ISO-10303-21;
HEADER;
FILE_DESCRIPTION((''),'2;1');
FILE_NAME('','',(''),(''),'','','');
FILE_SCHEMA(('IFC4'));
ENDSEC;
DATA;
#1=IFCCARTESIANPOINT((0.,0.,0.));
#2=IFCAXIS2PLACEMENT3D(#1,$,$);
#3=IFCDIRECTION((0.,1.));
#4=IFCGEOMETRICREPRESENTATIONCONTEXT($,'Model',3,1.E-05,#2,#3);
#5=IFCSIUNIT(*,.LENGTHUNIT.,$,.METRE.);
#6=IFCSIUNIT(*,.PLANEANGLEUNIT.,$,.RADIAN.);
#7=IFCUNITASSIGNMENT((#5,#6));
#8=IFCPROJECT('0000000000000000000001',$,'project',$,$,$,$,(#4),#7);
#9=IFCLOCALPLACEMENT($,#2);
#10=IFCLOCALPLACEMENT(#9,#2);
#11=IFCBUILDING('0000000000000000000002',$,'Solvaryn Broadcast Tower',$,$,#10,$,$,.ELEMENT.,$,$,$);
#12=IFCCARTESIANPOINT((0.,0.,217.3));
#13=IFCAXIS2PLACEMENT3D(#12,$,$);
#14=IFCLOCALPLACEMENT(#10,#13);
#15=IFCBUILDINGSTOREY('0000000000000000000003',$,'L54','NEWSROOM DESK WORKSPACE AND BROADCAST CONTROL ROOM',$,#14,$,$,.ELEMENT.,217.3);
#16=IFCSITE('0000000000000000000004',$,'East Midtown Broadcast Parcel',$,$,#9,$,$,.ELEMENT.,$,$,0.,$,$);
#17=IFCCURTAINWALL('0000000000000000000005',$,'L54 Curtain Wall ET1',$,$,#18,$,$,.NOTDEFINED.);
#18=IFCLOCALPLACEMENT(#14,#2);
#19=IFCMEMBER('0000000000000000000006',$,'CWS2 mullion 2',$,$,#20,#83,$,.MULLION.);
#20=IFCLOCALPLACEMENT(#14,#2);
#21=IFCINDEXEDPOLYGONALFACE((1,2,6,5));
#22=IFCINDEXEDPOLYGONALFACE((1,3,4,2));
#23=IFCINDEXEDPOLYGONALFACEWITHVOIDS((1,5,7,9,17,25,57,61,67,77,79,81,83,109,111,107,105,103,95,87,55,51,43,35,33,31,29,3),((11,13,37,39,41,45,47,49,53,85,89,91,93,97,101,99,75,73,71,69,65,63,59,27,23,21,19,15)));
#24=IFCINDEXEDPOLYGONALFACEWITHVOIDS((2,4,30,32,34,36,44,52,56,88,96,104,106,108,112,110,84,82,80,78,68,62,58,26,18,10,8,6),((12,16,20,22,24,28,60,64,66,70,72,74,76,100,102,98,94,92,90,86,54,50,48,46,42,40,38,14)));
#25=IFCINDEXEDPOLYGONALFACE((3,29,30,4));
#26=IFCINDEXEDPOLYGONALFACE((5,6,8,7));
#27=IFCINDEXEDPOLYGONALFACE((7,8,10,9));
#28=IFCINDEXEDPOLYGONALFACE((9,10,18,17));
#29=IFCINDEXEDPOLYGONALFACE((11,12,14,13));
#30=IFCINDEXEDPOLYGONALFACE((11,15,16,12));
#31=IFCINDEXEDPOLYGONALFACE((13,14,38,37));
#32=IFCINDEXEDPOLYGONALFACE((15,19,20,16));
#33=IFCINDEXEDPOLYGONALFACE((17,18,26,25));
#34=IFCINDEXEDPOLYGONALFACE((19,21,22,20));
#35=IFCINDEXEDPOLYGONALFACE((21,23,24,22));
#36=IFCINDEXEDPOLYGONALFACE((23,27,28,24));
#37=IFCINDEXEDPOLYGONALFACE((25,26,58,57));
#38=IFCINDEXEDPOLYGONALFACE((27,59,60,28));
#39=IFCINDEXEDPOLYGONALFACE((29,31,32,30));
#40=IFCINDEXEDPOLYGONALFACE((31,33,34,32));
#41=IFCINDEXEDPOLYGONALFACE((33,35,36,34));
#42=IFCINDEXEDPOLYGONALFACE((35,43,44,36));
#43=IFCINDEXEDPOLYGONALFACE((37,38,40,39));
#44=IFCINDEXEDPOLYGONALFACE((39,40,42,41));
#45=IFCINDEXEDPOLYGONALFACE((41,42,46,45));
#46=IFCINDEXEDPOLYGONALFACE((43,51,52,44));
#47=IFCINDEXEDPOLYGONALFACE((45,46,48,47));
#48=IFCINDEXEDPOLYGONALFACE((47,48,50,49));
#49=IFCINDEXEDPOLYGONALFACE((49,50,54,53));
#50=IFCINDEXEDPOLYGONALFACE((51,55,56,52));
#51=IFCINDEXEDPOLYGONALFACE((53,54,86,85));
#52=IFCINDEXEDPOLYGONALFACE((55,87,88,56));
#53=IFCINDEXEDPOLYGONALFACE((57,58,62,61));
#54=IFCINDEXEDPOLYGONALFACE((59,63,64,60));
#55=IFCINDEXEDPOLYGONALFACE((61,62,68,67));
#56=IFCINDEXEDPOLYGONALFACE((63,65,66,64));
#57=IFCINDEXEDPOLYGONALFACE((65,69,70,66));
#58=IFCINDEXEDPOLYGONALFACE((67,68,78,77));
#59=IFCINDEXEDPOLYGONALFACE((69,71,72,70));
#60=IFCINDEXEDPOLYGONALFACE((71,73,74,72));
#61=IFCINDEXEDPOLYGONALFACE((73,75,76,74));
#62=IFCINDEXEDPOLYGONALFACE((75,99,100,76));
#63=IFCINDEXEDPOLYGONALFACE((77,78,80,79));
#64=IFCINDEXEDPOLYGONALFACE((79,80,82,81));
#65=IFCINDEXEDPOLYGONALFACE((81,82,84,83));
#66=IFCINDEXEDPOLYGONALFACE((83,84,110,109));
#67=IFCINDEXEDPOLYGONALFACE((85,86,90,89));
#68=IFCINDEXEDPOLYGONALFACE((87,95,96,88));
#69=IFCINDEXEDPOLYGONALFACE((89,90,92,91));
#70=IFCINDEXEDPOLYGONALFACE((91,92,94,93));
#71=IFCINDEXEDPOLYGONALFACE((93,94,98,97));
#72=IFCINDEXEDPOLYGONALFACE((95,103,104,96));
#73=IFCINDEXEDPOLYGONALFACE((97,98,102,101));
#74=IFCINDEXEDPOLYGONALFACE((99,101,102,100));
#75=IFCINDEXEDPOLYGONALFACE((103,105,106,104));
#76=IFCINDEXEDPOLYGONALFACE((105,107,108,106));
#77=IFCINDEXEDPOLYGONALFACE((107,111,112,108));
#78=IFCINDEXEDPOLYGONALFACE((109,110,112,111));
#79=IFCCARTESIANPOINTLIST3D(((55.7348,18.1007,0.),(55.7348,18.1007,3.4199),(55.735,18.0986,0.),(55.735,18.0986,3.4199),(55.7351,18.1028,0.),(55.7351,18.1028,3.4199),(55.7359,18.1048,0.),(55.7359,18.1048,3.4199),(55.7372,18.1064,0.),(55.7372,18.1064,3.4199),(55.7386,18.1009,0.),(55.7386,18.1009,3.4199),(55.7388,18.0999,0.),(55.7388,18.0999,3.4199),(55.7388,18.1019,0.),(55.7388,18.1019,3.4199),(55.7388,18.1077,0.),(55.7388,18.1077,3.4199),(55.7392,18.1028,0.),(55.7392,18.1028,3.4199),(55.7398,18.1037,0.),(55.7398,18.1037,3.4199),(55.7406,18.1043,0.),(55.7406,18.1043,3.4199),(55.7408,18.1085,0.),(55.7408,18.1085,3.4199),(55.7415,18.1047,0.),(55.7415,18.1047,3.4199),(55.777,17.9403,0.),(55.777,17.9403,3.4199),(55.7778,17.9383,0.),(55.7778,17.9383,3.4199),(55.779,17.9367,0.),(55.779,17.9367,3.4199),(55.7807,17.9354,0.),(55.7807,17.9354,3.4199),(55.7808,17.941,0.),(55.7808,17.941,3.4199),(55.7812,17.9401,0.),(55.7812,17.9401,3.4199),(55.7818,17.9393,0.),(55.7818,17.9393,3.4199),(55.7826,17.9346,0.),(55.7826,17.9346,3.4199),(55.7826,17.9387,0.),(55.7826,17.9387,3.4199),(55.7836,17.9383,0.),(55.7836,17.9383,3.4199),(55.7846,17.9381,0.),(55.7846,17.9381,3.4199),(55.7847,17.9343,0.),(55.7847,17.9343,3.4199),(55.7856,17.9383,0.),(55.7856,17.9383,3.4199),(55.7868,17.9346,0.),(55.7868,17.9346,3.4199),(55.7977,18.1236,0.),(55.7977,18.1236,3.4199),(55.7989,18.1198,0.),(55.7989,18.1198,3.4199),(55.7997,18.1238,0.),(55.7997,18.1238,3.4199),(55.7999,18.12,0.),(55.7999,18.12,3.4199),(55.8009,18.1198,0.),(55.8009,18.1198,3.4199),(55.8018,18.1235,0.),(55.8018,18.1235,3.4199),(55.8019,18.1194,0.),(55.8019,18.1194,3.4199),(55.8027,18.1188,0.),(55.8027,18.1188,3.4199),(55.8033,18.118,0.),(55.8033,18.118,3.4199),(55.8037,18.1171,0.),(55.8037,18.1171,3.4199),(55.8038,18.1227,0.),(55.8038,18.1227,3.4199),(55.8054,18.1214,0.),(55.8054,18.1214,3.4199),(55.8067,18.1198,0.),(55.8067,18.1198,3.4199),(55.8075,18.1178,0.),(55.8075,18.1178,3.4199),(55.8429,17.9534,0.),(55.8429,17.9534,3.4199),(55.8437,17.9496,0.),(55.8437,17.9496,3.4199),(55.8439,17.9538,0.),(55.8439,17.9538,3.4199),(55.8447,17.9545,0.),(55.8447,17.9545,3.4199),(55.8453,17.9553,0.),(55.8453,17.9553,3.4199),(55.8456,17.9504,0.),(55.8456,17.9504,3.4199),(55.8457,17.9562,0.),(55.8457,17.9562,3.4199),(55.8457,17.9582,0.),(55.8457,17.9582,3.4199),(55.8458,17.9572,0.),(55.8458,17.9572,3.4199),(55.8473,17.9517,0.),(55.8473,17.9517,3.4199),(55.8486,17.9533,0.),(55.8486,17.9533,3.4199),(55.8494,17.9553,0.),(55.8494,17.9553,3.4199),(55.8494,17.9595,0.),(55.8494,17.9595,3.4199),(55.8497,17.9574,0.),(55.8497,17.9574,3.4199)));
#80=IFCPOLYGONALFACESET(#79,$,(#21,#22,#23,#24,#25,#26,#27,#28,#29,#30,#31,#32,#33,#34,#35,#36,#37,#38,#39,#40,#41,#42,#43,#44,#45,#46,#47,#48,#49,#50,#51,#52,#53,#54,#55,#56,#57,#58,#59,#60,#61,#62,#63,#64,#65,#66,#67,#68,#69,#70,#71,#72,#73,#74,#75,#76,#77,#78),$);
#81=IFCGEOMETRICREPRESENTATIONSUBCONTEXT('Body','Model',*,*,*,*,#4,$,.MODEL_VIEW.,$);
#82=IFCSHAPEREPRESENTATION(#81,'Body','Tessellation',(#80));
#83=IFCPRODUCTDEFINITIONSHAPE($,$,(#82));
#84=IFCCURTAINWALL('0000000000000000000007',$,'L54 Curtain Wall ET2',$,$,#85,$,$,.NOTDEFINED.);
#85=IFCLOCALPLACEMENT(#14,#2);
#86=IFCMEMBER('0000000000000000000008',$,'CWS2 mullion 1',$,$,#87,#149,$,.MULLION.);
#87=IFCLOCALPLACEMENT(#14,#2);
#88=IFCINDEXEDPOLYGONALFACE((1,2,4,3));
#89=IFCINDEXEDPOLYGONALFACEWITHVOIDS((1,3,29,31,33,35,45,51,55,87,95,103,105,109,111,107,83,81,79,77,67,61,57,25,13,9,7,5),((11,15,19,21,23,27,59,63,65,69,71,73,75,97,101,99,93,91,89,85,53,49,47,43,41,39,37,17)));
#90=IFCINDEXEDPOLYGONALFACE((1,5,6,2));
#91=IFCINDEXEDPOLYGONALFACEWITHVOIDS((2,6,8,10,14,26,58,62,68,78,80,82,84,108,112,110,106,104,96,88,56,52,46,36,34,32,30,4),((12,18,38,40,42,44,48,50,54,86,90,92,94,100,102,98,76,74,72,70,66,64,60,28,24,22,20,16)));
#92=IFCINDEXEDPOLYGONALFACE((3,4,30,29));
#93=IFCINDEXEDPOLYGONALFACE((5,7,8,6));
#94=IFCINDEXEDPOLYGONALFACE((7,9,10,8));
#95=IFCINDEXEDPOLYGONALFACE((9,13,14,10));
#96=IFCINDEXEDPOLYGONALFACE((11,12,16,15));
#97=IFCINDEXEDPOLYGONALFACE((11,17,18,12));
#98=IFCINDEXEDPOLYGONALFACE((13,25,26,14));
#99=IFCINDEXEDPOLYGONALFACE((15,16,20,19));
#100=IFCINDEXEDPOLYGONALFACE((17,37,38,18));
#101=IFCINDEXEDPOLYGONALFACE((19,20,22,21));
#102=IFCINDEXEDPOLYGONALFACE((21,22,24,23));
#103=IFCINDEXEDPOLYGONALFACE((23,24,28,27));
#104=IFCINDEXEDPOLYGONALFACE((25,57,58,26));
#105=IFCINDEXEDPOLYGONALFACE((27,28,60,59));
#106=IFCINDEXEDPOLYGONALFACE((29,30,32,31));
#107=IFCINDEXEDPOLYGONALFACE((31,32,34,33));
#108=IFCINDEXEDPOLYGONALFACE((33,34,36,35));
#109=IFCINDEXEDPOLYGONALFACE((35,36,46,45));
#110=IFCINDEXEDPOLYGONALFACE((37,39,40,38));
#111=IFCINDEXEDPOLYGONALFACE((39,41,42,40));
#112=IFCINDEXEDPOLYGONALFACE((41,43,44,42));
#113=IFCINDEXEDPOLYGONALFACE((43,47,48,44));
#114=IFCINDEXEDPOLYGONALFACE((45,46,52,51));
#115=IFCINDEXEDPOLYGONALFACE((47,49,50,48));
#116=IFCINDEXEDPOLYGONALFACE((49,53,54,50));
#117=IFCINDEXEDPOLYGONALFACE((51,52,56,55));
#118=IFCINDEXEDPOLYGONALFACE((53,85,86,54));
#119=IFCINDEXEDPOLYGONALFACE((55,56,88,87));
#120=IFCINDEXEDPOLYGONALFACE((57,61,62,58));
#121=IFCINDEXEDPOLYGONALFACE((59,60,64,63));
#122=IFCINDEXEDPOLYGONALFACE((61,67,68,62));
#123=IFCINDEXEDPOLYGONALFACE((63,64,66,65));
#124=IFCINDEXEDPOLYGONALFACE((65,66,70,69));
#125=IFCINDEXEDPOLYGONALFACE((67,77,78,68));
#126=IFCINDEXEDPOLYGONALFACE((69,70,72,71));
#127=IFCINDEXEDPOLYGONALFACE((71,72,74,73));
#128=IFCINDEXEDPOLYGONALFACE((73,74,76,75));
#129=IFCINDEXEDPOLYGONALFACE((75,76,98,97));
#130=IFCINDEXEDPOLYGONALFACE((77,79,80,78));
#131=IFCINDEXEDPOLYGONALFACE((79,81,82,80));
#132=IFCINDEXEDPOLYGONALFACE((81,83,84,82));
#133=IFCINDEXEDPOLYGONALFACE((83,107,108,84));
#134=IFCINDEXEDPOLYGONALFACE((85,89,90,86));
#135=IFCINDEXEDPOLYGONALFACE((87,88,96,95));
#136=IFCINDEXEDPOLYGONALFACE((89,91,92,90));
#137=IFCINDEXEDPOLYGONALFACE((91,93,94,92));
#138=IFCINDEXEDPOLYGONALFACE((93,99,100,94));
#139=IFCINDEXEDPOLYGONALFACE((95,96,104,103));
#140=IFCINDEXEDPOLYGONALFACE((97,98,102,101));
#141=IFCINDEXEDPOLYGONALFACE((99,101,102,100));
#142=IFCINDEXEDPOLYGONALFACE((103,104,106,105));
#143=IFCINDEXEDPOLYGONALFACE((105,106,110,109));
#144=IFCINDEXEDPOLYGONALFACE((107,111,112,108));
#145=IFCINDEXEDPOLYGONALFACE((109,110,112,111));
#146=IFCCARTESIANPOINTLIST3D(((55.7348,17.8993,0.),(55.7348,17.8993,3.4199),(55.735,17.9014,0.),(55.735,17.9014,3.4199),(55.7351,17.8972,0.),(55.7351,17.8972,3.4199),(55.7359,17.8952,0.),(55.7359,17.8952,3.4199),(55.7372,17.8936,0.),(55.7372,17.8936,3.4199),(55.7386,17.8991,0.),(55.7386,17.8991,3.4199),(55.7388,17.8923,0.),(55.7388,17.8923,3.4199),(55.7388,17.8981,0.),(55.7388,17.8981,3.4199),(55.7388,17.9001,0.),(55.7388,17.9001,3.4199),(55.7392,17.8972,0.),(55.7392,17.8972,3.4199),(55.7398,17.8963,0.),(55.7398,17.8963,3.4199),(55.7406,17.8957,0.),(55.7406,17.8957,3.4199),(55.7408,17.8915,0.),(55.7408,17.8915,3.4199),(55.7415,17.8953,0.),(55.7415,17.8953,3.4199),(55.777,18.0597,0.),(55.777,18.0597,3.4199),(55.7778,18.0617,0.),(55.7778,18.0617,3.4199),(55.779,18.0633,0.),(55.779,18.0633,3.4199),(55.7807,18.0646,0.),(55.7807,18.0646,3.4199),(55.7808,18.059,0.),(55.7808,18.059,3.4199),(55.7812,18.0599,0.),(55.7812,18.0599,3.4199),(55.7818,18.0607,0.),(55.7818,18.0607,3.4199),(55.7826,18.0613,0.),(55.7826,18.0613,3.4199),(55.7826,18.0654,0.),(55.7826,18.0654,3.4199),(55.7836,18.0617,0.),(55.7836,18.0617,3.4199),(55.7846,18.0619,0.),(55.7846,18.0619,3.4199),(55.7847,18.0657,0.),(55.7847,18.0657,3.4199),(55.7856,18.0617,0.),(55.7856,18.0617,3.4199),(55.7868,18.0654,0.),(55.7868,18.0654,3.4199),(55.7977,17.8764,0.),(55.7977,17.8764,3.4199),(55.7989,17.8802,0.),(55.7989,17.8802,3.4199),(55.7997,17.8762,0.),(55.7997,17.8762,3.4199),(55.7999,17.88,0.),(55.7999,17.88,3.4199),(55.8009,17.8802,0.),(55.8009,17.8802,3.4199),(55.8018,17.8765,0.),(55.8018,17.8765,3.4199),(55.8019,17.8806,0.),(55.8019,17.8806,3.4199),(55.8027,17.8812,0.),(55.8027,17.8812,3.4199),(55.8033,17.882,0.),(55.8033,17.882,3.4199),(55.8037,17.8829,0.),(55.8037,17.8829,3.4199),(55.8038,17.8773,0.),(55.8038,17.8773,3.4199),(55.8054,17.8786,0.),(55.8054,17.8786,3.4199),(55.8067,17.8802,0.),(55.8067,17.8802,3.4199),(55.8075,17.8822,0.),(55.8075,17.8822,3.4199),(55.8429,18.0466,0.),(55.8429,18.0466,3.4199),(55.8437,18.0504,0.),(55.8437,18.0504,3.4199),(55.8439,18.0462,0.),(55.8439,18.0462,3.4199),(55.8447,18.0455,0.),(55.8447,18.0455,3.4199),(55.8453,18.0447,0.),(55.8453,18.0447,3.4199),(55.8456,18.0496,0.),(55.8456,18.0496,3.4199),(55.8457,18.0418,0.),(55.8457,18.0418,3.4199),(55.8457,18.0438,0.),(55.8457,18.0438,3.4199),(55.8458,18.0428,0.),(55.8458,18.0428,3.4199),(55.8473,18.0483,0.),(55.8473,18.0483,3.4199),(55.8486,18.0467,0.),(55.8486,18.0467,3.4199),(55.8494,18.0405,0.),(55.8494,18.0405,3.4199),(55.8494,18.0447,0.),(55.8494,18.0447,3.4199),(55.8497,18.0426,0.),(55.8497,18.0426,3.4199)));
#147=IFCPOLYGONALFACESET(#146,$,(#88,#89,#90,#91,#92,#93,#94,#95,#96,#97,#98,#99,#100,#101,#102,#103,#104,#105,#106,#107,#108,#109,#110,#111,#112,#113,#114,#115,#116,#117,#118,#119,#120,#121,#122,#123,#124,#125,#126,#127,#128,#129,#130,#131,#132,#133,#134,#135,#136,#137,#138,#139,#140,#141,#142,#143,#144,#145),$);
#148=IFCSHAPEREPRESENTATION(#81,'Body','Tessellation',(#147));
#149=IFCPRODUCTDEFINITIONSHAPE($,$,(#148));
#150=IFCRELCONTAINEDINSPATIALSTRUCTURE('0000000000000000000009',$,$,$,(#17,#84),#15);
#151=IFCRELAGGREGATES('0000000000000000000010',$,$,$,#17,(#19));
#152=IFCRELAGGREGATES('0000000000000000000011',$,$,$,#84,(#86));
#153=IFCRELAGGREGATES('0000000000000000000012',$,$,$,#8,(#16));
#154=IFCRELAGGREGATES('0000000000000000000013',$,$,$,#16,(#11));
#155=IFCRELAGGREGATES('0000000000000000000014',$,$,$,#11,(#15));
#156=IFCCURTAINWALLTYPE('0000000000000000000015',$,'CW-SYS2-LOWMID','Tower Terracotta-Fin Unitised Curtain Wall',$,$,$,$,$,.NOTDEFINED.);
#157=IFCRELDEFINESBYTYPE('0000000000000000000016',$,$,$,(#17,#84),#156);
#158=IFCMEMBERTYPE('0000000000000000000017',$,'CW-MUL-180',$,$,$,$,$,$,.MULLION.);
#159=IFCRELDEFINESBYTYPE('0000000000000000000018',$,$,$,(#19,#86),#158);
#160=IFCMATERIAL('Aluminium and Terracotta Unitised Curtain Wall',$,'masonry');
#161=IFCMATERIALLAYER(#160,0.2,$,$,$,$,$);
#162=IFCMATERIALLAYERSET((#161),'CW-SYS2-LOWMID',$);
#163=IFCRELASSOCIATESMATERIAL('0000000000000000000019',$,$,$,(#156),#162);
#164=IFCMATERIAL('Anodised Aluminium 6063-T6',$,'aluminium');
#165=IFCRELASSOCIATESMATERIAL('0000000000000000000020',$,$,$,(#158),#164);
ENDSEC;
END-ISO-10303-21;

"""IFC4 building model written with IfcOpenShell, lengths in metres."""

from ifc_helpers import new_model, si_unit, direction, frame, origin, origin_2d, place, context, subcontext, project, spatial, hollow_rectangle, extrude, material, layer, layer_set, material_profile, profile_set, type_object, element, aggregate, save


model = new_model("IFC4")

# Units and contexts
model_context = context("Model", 3, precision=1e-05, world=origin(), true_north=direction((0.0, 1.0)))
body_context = subcontext(model_context, "Body", "Model", "MODEL_VIEW")
ifc_project = project(units=[si_unit("LENGTHUNIT", "METRE"), si_unit("PLANEANGLEUNIT", "RADIAN")], contexts=[model_context])

# Site, building, storey
site_placement = place(None, origin())
site = spatial("IfcSite", under=ifc_project, at=site_placement, Name="East Midtown Broadcast Parcel", CompositionType="ELEMENT", RefElevation=0.0)
building_placement = place(site_placement, origin())
building = spatial("IfcBuilding", under=site, at=building_placement, Name="Solvaryn Broadcast Tower", CompositionType="ELEMENT")
storey_placement = place(building_placement, frame((0.0, 0.0, 217.3)))
storey = spatial("IfcBuildingStorey", under=building, at=storey_placement, Name="L54", Description="NEWSROOM DESK WORKSPACE AND BROADCAST CONTROL ROOM", CompositionType="ELEMENT", Elevation=217.3)

# Curtain wall, member
ifc_material_1 = material(Name="Aluminium and Terracotta Unitised Curtain Wall", Category="masonry")
ifc_layer_1 = layer(ifc_material_1, 0.2)
ifc_layer_set_1 = layer_set([ifc_layer_1], Name="CW-SYS2-LOWMID")
curtain_wall_type = type_object("IfcCurtainWallType", Name="CW-SYS2-LOWMID", Description="Tower Terracotta-Fin Unitised Curtain Wall", PredefinedType="NOTDEFINED", material=ifc_layer_set_1)
ifc_material_2 = material(Name="Anodised Aluminium 6063-T6", Category="aluminium")
ifc_material_profile_1 = material_profile(ifc_material_2, hollow_rectangle(XDim=0.075, YDim=0.1799, WallThickness=0.0039, InnerFilletRadius=0.0039, OuterFilletRadius=0.0081, at=origin_2d()))
ifc_profile_set_1 = profile_set([ifc_material_profile_1], Name="Anodised Aluminium 6063-T6")
member_type_1 = type_object("IfcMemberType", Name="CW-MUL-180", PredefinedType="MULLION", material=ifc_profile_set_1)
curtain_wall_1_placement = place(storey_placement, origin())
curtain_wall_1 = element("IfcCurtainWall", 1, at=curtain_wall_1_placement, inside=storey, type_object=curtain_wall_type, Name="L54 Curtain Wall ET1", PredefinedType="NOTDEFINED")
member_1_placement = place(storey_placement, frame((55.7922, 18.0291, 0.0), z_axis=(0.0, 0.0, 1.0), x_axis=(0.966705, 0.255893, 0.0)))
member_1 = element("IfcMember", 2, at=member_1_placement, type_object=member_type_1, Name="CWS2 mullion 2", PredefinedType="MULLION", context=body_context, shape_type="SweptSolid", body=[
    extrude(hollow_rectangle(XDim=0.075, YDim=0.1799, WallThickness=0.0039, InnerFilletRadius=0.0039, OuterFilletRadius=0.0081, at=origin_2d()), origin(), (0.0, 0.0, 1.0), 3.4199),
])
aggregate(curtain_wall_1, [member_1])

# Curtain wall, member
curtain_wall_2_placement = place(storey_placement, origin())
curtain_wall_2 = element("IfcCurtainWall", 3, at=curtain_wall_2_placement, inside=storey, type_object=curtain_wall_type, Name="L54 Curtain Wall ET2", PredefinedType="NOTDEFINED")
member_2_placement = place(storey_placement, frame((55.7922, 17.9709, 0.0), z_axis=(0.0, 0.0, 1.0), x_axis=(0.966705, -0.255893, 0.0)))
member_2 = element("IfcMember", 4, at=member_2_placement, type_object=member_type_1, Name="CWS2 mullion 1", PredefinedType="MULLION", context=body_context, shape_type="SweptSolid", body=[
    extrude(hollow_rectangle(XDim=0.075, YDim=0.1799, WallThickness=0.0039, InnerFilletRadius=0.0039, OuterFilletRadius=0.0081, at=origin_2d()), origin(), (0.0, 0.0, 1.0), 3.4199),
])

aggregate(curtain_wall_2, [member_2])

save(model, "model.ifc")
